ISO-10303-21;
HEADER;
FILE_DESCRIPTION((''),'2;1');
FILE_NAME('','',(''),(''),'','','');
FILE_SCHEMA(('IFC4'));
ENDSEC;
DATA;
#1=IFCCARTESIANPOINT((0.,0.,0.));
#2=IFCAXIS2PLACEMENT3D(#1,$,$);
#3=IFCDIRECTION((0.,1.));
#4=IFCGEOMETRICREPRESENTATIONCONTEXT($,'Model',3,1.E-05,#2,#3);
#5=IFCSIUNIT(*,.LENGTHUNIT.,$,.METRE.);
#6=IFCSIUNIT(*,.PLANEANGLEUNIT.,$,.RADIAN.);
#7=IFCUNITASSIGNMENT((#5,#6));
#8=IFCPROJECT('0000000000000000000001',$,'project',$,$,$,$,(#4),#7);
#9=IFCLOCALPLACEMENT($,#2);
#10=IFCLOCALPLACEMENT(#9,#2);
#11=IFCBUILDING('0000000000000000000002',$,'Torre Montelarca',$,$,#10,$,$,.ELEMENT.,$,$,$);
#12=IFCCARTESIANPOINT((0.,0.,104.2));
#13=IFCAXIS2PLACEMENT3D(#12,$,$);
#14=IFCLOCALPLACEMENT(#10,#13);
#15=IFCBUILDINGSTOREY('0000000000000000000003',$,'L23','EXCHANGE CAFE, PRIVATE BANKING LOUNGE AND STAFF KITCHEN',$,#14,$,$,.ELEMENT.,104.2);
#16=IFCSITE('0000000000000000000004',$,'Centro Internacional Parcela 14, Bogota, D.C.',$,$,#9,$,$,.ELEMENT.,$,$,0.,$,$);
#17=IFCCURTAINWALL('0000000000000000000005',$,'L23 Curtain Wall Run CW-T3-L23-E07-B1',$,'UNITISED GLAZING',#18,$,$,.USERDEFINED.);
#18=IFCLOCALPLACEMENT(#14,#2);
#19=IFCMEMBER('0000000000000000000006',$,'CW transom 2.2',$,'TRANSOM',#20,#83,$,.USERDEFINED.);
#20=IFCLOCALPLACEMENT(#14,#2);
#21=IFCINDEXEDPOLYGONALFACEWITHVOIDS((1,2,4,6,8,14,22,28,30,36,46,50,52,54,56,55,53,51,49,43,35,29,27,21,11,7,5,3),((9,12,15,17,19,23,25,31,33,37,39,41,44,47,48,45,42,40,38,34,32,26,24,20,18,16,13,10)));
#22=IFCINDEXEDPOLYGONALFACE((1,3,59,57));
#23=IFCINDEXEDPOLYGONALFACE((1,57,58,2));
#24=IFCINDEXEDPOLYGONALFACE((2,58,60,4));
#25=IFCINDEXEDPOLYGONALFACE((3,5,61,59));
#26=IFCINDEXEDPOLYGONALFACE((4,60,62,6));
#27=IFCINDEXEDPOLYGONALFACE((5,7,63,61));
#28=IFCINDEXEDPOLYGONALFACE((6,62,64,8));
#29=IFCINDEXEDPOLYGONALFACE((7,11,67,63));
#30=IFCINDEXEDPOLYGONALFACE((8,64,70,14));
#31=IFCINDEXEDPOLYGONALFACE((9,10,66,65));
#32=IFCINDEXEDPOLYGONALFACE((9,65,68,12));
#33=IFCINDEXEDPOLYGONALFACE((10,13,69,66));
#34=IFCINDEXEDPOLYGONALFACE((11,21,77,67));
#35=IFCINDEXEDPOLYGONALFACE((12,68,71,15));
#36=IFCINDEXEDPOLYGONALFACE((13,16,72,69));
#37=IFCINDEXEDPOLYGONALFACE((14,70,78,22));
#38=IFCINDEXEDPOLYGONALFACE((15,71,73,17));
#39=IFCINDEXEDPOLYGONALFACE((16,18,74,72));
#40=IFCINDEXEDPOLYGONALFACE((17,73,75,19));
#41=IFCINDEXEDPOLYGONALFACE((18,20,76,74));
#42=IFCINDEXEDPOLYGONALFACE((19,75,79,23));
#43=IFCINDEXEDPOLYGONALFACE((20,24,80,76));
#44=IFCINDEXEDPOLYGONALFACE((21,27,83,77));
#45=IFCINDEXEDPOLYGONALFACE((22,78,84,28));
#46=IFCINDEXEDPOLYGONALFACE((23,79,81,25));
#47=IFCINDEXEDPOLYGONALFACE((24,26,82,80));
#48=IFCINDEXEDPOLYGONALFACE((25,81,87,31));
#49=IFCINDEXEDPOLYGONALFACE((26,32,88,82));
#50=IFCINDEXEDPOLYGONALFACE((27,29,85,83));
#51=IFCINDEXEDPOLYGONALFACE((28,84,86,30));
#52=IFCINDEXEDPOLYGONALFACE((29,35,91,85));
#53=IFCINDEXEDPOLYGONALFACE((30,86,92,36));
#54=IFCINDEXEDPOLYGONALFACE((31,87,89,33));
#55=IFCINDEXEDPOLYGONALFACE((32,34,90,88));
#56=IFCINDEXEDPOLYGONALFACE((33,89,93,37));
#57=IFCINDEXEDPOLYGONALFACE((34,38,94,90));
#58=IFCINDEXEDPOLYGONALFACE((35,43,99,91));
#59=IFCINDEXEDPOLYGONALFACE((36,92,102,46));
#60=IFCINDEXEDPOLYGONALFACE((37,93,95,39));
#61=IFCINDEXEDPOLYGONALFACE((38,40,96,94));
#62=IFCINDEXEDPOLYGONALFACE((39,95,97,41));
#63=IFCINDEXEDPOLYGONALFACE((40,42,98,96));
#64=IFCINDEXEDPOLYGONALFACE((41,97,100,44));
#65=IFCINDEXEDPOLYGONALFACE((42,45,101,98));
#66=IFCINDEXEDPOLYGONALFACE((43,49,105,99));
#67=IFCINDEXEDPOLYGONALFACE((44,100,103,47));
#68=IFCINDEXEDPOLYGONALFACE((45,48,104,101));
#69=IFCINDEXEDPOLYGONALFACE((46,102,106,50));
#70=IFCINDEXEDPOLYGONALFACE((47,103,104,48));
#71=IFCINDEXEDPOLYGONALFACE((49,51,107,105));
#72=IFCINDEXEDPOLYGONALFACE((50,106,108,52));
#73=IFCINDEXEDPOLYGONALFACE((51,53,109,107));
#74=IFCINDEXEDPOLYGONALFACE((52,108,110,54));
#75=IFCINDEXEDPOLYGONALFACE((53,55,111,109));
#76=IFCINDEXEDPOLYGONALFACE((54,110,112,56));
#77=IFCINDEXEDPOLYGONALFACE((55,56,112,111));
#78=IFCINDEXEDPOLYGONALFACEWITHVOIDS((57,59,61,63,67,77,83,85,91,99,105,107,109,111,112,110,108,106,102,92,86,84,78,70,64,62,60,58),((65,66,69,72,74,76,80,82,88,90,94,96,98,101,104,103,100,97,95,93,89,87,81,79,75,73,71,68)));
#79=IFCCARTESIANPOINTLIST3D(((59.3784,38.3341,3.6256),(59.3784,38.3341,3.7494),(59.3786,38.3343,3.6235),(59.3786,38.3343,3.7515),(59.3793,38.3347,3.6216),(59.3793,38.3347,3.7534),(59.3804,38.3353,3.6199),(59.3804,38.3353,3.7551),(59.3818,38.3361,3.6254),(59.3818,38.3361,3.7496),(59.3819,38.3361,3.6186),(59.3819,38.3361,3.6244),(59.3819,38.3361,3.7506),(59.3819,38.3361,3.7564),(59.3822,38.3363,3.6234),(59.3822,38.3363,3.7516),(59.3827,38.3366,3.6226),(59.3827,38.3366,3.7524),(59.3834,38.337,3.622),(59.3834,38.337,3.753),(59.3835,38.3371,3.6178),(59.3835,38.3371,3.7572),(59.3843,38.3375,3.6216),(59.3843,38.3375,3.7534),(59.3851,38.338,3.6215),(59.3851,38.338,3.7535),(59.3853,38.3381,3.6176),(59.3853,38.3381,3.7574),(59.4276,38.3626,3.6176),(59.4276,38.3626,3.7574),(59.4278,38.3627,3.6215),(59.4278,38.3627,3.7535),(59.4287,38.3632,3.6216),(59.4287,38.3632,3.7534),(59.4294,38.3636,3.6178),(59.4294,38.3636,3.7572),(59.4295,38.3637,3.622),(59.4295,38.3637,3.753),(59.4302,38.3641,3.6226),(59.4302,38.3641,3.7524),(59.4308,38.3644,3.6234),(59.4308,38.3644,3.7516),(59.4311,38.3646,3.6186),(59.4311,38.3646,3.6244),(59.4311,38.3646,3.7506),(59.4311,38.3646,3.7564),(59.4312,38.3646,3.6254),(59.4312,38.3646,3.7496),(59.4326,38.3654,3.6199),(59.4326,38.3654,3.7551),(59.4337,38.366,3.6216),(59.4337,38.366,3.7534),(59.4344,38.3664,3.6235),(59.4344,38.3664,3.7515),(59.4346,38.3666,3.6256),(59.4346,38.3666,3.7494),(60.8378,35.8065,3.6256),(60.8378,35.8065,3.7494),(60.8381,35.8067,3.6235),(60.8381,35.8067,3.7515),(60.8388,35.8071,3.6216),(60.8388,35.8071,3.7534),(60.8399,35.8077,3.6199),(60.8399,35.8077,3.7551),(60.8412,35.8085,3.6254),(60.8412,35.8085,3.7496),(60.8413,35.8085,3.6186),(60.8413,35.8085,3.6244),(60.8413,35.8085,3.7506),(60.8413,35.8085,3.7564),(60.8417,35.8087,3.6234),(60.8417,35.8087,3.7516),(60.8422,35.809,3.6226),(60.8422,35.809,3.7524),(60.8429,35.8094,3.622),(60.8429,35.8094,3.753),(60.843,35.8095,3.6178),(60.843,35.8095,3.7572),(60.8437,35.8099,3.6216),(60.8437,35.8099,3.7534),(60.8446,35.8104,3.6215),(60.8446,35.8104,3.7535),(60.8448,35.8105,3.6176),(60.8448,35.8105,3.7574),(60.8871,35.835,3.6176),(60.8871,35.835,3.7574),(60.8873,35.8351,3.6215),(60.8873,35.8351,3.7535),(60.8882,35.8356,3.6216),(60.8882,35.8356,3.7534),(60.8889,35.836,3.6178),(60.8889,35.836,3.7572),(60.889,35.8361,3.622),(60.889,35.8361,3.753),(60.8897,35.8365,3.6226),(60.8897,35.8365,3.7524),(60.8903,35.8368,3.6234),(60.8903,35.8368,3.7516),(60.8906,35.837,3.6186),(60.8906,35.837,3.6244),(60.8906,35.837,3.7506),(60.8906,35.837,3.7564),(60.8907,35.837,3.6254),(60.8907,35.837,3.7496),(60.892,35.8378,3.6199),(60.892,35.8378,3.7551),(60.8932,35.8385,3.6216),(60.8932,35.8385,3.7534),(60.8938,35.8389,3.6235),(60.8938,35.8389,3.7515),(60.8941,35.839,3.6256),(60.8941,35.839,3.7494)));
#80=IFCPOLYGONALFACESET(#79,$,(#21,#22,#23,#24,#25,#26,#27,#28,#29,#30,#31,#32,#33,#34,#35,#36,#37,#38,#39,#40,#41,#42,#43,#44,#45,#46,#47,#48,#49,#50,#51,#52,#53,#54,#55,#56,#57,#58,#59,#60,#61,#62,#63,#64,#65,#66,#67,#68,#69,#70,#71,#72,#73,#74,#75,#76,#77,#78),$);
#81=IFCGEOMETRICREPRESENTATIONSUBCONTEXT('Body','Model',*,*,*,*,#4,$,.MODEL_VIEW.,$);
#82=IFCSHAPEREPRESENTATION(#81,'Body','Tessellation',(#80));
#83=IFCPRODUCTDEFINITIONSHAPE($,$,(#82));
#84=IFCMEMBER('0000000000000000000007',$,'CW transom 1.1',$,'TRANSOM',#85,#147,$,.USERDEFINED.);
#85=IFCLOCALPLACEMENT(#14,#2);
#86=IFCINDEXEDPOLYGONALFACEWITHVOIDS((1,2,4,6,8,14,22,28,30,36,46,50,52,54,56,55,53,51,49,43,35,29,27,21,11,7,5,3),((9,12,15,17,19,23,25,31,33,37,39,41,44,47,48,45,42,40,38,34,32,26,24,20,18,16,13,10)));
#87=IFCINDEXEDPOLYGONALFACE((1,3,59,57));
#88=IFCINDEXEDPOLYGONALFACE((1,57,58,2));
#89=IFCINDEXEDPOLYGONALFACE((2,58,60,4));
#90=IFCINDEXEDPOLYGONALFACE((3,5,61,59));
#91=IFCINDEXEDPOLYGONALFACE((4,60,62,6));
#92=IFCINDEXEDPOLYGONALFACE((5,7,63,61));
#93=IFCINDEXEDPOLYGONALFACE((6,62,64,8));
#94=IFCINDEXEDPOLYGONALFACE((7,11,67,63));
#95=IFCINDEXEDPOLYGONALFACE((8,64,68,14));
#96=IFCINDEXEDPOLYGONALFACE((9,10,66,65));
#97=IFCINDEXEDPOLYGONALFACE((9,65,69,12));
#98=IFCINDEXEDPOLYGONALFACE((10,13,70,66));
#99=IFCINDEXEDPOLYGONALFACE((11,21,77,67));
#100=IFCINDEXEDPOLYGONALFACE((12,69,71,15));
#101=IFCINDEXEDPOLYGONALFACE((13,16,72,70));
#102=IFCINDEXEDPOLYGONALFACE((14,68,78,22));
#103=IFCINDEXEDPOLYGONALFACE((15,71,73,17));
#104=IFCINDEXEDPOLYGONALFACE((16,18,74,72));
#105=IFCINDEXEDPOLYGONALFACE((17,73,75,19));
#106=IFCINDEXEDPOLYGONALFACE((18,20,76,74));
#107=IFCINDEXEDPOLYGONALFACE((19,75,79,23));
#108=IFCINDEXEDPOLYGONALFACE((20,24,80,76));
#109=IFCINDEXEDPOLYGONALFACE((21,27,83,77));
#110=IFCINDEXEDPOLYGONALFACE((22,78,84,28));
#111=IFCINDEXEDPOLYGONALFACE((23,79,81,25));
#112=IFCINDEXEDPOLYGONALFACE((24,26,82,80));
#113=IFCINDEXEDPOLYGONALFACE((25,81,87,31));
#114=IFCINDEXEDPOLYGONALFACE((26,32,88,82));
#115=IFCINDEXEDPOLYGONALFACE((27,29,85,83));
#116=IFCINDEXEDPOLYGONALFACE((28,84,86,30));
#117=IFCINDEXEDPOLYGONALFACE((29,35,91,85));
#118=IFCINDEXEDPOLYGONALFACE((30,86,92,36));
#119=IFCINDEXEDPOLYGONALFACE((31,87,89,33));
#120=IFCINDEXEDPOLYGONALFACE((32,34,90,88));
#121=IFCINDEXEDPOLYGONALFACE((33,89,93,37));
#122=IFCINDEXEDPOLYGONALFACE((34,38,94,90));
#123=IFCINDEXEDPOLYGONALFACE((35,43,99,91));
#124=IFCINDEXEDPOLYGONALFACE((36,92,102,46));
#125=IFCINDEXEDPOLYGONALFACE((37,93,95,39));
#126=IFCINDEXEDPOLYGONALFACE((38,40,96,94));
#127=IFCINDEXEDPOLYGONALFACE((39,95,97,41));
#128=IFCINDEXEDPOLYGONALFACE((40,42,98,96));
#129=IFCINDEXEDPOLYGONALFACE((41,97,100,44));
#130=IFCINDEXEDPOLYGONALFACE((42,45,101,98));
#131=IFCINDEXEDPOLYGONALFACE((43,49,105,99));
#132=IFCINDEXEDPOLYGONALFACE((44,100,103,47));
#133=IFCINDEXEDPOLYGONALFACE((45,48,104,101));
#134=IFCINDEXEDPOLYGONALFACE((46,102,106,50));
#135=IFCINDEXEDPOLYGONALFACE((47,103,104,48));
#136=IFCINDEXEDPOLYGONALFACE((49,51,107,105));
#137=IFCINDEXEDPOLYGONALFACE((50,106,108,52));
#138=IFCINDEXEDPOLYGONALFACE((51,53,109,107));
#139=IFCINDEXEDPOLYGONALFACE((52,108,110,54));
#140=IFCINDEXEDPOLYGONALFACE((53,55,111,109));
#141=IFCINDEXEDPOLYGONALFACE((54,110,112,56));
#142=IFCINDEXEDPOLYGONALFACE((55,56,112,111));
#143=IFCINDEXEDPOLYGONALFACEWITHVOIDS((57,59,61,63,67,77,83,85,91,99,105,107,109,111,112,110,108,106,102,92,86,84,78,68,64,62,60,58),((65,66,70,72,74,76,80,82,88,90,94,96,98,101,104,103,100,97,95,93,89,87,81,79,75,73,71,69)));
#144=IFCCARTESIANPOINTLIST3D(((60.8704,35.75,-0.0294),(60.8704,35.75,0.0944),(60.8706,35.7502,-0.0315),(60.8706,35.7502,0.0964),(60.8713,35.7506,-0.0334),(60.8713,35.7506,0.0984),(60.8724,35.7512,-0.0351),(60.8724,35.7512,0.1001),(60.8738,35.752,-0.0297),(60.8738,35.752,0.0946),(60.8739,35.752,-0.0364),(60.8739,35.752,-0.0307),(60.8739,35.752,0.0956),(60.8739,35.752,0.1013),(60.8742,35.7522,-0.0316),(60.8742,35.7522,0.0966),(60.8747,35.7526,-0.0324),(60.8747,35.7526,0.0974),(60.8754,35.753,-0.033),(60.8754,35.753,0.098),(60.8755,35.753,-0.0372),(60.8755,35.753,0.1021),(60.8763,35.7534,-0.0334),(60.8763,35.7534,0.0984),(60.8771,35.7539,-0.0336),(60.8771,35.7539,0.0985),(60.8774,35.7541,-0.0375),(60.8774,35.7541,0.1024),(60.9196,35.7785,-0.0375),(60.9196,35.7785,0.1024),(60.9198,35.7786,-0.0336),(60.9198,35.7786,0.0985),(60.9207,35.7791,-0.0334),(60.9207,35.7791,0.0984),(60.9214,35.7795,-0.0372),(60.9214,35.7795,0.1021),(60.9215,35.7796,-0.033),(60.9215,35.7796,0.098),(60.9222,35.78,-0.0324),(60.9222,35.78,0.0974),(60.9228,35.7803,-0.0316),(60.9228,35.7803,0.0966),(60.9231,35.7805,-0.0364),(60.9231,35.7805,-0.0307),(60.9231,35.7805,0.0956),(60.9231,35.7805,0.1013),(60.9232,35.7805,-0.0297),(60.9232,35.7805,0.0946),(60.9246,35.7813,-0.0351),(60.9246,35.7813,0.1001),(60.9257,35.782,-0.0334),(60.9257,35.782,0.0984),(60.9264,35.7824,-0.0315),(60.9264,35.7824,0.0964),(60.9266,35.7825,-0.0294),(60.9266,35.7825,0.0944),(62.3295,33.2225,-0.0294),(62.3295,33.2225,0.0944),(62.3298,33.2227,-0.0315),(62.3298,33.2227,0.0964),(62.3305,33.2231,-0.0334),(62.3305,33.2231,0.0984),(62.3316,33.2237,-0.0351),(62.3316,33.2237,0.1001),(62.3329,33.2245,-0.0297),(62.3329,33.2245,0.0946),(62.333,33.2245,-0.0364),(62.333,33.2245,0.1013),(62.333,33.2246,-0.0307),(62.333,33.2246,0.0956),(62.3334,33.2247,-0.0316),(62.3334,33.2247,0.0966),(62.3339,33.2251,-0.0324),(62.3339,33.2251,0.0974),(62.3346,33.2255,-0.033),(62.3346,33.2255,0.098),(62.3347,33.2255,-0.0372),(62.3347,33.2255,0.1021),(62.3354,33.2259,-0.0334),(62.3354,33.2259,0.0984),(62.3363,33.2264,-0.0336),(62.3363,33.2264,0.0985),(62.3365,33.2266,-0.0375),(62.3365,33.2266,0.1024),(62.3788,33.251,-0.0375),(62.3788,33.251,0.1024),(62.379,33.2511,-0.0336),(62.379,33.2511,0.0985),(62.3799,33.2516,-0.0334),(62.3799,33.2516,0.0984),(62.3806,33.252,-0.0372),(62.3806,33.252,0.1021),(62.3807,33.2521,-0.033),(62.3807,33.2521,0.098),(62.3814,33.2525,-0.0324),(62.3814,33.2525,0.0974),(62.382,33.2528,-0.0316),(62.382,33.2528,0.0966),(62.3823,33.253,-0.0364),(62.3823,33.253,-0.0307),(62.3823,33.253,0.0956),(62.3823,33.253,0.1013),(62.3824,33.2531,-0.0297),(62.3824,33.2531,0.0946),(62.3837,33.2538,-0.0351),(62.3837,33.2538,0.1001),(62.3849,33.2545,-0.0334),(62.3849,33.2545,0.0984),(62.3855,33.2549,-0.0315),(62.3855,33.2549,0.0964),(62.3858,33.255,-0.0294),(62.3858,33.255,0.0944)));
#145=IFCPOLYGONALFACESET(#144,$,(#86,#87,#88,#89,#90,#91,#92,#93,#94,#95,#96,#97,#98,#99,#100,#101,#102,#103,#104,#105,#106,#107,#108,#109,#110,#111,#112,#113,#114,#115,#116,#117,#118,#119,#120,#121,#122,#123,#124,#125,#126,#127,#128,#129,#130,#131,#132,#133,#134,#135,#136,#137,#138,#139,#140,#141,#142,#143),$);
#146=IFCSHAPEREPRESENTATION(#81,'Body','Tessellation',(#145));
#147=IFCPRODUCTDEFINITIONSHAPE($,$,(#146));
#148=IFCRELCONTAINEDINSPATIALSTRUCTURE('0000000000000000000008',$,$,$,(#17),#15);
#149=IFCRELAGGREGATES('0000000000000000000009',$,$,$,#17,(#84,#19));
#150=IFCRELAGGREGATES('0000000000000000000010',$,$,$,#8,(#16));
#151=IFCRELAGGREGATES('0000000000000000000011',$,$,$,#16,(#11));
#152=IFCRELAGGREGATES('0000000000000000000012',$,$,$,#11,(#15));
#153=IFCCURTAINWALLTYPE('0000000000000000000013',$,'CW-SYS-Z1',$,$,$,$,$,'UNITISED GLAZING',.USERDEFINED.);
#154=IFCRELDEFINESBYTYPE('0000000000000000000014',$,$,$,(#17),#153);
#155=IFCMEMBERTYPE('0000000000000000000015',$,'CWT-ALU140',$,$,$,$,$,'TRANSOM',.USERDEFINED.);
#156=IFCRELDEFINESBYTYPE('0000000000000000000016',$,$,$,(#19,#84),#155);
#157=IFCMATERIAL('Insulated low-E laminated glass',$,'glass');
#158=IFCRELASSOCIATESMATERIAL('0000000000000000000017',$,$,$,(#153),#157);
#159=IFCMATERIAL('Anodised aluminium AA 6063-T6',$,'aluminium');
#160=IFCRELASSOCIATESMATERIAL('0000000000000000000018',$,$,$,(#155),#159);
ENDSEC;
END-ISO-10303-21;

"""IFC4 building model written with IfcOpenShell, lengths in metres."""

from ifc_helpers import new_model, si_unit, direction, frame, origin, origin_2d, place, context, subcontext, project, spatial, hollow_rectangle, extrude, source, transform, mapped, material, material_profile, profile_set, type_object, element, aggregate, save


model = new_model("IFC4")

# Units and contexts
model_context = context("Model", 3, precision=1e-05, world=origin(), true_north=direction((0.0, 1.0)))
body_context = subcontext(model_context, "Body", "Model", "MODEL_VIEW")
ifc_project = project(units=[si_unit("LENGTHUNIT", "METRE"), si_unit("PLANEANGLEUNIT", "RADIAN")], contexts=[model_context])

# Site, building, storey
site_placement = place(None, origin())
site = spatial("IfcSite", under=ifc_project, at=site_placement, Name="Centro Internacional Parcela 14, Bogota, D.C.", CompositionType="ELEMENT", RefElevation=0.0)
building_placement = place(site_placement, origin())
building = spatial("IfcBuilding", under=site, at=building_placement, Name="Torre Montelarca", CompositionType="ELEMENT")
storey_placement = place(building_placement, frame((0.0, 0.0, 104.2)))
storey = spatial("IfcBuildingStorey", under=building, at=storey_placement, Name="L23", Description="EXCHANGE CAFE, PRIVATE BANKING LOUNGE AND STAFF KITCHEN", CompositionType="ELEMENT", Elevation=104.2)

# Curtain wall, members
ifc_material_1 = material(Name="Insulated low-E laminated glass", Category="glass")
curtain_wall_type = type_object("IfcCurtainWallType", Name="CW-SYS-Z1", ElementType="UNITISED GLAZING", PredefinedType="USERDEFINED", material=ifc_material_1)
curtain_wall_1_placement = place(storey_placement, origin())
curtain_wall_1 = element("IfcCurtainWall", 1, at=curtain_wall_1_placement, inside=storey, type_object=curtain_wall_type, Name="L23 Curtain Wall Run CW-T3-L23-E07-B1", ObjectType="UNITISED GLAZING", PredefinedType="USERDEFINED")
ifc_material_2 = material(Name="Anodised aluminium AA 6063-T6", Category="aluminium")
ifc_material_profile_1 = material_profile(ifc_material_2, hollow_rectangle(XDim=0.0649, YDim=0.1399, WallThickness=0.0039, InnerFilletRadius=0.0039, OuterFilletRadius=0.0081, at=origin_2d()), Name="ALU65X140X4", Category="aluminium")
ifc_profile_set_1 = profile_set([ifc_material_profile_1], Name="Anodised aluminium AA 6063-T6")
member_type_1 = type_object("IfcMemberType", Name="CWT-ALU140", ElementType="TRANSOM", PredefinedType="USERDEFINED", material=ifc_profile_set_1)
shared_shape_1 = source(origin(), body_context, "Body", "SweptSolid", [
    extrude(hollow_rectangle(XDim=0.0649, YDim=0.1399, WallThickness=0.0039, InnerFilletRadius=0.0039, OuterFilletRadius=0.0081, at=origin_2d()), origin(), (0.0, 0.0, 1.0), 2.9187),
])
member_1_placement = place(storey_placement, frame((60.866, 35.8228, 3.6875), z_axis=(-0.500043, 0.866, 0.0), x_axis=(-0.866, -0.500043, 0.0)))
member_1 = element("IfcMember", 2, at=member_1_placement, type_object=member_type_1, Name="CW transom 2.2", ObjectType="TRANSOM", PredefinedType="USERDEFINED", context=body_context, shape_type="MappedRepresentation", body=[
    mapped(shared_shape_1, transform((0.0, 0.0, 0.0), scale=1.0)),
])
shared_shape_2 = source(origin(), body_context, "Body", "SweptSolid", [
    extrude(hollow_rectangle(XDim=0.0649, YDim=0.1399, WallThickness=0.0039, InnerFilletRadius=0.0039, OuterFilletRadius=0.0081, at=origin_2d()), origin(), (0.0, 0.0, 1.0), 2.9185),
])
member_2_placement = place(storey_placement, frame((62.3577, 33.2388, 0.0325), z_axis=(-0.499981, 0.866037, 0.0), x_axis=(-0.866037, -0.499981, 0.0)))
member_2 = element("IfcMember", 3, at=member_2_placement, type_object=member_type_1, Name="CW transom 1.1", ObjectType="TRANSOM", PredefinedType="USERDEFINED", context=body_context, shape_type="MappedRepresentation", body=[
    mapped(shared_shape_2, transform((0.0, 0.0, 0.0), scale=1.0)),
])

aggregate(curtain_wall_1, [member_2, member_1])

save(model, "model.ifc")
